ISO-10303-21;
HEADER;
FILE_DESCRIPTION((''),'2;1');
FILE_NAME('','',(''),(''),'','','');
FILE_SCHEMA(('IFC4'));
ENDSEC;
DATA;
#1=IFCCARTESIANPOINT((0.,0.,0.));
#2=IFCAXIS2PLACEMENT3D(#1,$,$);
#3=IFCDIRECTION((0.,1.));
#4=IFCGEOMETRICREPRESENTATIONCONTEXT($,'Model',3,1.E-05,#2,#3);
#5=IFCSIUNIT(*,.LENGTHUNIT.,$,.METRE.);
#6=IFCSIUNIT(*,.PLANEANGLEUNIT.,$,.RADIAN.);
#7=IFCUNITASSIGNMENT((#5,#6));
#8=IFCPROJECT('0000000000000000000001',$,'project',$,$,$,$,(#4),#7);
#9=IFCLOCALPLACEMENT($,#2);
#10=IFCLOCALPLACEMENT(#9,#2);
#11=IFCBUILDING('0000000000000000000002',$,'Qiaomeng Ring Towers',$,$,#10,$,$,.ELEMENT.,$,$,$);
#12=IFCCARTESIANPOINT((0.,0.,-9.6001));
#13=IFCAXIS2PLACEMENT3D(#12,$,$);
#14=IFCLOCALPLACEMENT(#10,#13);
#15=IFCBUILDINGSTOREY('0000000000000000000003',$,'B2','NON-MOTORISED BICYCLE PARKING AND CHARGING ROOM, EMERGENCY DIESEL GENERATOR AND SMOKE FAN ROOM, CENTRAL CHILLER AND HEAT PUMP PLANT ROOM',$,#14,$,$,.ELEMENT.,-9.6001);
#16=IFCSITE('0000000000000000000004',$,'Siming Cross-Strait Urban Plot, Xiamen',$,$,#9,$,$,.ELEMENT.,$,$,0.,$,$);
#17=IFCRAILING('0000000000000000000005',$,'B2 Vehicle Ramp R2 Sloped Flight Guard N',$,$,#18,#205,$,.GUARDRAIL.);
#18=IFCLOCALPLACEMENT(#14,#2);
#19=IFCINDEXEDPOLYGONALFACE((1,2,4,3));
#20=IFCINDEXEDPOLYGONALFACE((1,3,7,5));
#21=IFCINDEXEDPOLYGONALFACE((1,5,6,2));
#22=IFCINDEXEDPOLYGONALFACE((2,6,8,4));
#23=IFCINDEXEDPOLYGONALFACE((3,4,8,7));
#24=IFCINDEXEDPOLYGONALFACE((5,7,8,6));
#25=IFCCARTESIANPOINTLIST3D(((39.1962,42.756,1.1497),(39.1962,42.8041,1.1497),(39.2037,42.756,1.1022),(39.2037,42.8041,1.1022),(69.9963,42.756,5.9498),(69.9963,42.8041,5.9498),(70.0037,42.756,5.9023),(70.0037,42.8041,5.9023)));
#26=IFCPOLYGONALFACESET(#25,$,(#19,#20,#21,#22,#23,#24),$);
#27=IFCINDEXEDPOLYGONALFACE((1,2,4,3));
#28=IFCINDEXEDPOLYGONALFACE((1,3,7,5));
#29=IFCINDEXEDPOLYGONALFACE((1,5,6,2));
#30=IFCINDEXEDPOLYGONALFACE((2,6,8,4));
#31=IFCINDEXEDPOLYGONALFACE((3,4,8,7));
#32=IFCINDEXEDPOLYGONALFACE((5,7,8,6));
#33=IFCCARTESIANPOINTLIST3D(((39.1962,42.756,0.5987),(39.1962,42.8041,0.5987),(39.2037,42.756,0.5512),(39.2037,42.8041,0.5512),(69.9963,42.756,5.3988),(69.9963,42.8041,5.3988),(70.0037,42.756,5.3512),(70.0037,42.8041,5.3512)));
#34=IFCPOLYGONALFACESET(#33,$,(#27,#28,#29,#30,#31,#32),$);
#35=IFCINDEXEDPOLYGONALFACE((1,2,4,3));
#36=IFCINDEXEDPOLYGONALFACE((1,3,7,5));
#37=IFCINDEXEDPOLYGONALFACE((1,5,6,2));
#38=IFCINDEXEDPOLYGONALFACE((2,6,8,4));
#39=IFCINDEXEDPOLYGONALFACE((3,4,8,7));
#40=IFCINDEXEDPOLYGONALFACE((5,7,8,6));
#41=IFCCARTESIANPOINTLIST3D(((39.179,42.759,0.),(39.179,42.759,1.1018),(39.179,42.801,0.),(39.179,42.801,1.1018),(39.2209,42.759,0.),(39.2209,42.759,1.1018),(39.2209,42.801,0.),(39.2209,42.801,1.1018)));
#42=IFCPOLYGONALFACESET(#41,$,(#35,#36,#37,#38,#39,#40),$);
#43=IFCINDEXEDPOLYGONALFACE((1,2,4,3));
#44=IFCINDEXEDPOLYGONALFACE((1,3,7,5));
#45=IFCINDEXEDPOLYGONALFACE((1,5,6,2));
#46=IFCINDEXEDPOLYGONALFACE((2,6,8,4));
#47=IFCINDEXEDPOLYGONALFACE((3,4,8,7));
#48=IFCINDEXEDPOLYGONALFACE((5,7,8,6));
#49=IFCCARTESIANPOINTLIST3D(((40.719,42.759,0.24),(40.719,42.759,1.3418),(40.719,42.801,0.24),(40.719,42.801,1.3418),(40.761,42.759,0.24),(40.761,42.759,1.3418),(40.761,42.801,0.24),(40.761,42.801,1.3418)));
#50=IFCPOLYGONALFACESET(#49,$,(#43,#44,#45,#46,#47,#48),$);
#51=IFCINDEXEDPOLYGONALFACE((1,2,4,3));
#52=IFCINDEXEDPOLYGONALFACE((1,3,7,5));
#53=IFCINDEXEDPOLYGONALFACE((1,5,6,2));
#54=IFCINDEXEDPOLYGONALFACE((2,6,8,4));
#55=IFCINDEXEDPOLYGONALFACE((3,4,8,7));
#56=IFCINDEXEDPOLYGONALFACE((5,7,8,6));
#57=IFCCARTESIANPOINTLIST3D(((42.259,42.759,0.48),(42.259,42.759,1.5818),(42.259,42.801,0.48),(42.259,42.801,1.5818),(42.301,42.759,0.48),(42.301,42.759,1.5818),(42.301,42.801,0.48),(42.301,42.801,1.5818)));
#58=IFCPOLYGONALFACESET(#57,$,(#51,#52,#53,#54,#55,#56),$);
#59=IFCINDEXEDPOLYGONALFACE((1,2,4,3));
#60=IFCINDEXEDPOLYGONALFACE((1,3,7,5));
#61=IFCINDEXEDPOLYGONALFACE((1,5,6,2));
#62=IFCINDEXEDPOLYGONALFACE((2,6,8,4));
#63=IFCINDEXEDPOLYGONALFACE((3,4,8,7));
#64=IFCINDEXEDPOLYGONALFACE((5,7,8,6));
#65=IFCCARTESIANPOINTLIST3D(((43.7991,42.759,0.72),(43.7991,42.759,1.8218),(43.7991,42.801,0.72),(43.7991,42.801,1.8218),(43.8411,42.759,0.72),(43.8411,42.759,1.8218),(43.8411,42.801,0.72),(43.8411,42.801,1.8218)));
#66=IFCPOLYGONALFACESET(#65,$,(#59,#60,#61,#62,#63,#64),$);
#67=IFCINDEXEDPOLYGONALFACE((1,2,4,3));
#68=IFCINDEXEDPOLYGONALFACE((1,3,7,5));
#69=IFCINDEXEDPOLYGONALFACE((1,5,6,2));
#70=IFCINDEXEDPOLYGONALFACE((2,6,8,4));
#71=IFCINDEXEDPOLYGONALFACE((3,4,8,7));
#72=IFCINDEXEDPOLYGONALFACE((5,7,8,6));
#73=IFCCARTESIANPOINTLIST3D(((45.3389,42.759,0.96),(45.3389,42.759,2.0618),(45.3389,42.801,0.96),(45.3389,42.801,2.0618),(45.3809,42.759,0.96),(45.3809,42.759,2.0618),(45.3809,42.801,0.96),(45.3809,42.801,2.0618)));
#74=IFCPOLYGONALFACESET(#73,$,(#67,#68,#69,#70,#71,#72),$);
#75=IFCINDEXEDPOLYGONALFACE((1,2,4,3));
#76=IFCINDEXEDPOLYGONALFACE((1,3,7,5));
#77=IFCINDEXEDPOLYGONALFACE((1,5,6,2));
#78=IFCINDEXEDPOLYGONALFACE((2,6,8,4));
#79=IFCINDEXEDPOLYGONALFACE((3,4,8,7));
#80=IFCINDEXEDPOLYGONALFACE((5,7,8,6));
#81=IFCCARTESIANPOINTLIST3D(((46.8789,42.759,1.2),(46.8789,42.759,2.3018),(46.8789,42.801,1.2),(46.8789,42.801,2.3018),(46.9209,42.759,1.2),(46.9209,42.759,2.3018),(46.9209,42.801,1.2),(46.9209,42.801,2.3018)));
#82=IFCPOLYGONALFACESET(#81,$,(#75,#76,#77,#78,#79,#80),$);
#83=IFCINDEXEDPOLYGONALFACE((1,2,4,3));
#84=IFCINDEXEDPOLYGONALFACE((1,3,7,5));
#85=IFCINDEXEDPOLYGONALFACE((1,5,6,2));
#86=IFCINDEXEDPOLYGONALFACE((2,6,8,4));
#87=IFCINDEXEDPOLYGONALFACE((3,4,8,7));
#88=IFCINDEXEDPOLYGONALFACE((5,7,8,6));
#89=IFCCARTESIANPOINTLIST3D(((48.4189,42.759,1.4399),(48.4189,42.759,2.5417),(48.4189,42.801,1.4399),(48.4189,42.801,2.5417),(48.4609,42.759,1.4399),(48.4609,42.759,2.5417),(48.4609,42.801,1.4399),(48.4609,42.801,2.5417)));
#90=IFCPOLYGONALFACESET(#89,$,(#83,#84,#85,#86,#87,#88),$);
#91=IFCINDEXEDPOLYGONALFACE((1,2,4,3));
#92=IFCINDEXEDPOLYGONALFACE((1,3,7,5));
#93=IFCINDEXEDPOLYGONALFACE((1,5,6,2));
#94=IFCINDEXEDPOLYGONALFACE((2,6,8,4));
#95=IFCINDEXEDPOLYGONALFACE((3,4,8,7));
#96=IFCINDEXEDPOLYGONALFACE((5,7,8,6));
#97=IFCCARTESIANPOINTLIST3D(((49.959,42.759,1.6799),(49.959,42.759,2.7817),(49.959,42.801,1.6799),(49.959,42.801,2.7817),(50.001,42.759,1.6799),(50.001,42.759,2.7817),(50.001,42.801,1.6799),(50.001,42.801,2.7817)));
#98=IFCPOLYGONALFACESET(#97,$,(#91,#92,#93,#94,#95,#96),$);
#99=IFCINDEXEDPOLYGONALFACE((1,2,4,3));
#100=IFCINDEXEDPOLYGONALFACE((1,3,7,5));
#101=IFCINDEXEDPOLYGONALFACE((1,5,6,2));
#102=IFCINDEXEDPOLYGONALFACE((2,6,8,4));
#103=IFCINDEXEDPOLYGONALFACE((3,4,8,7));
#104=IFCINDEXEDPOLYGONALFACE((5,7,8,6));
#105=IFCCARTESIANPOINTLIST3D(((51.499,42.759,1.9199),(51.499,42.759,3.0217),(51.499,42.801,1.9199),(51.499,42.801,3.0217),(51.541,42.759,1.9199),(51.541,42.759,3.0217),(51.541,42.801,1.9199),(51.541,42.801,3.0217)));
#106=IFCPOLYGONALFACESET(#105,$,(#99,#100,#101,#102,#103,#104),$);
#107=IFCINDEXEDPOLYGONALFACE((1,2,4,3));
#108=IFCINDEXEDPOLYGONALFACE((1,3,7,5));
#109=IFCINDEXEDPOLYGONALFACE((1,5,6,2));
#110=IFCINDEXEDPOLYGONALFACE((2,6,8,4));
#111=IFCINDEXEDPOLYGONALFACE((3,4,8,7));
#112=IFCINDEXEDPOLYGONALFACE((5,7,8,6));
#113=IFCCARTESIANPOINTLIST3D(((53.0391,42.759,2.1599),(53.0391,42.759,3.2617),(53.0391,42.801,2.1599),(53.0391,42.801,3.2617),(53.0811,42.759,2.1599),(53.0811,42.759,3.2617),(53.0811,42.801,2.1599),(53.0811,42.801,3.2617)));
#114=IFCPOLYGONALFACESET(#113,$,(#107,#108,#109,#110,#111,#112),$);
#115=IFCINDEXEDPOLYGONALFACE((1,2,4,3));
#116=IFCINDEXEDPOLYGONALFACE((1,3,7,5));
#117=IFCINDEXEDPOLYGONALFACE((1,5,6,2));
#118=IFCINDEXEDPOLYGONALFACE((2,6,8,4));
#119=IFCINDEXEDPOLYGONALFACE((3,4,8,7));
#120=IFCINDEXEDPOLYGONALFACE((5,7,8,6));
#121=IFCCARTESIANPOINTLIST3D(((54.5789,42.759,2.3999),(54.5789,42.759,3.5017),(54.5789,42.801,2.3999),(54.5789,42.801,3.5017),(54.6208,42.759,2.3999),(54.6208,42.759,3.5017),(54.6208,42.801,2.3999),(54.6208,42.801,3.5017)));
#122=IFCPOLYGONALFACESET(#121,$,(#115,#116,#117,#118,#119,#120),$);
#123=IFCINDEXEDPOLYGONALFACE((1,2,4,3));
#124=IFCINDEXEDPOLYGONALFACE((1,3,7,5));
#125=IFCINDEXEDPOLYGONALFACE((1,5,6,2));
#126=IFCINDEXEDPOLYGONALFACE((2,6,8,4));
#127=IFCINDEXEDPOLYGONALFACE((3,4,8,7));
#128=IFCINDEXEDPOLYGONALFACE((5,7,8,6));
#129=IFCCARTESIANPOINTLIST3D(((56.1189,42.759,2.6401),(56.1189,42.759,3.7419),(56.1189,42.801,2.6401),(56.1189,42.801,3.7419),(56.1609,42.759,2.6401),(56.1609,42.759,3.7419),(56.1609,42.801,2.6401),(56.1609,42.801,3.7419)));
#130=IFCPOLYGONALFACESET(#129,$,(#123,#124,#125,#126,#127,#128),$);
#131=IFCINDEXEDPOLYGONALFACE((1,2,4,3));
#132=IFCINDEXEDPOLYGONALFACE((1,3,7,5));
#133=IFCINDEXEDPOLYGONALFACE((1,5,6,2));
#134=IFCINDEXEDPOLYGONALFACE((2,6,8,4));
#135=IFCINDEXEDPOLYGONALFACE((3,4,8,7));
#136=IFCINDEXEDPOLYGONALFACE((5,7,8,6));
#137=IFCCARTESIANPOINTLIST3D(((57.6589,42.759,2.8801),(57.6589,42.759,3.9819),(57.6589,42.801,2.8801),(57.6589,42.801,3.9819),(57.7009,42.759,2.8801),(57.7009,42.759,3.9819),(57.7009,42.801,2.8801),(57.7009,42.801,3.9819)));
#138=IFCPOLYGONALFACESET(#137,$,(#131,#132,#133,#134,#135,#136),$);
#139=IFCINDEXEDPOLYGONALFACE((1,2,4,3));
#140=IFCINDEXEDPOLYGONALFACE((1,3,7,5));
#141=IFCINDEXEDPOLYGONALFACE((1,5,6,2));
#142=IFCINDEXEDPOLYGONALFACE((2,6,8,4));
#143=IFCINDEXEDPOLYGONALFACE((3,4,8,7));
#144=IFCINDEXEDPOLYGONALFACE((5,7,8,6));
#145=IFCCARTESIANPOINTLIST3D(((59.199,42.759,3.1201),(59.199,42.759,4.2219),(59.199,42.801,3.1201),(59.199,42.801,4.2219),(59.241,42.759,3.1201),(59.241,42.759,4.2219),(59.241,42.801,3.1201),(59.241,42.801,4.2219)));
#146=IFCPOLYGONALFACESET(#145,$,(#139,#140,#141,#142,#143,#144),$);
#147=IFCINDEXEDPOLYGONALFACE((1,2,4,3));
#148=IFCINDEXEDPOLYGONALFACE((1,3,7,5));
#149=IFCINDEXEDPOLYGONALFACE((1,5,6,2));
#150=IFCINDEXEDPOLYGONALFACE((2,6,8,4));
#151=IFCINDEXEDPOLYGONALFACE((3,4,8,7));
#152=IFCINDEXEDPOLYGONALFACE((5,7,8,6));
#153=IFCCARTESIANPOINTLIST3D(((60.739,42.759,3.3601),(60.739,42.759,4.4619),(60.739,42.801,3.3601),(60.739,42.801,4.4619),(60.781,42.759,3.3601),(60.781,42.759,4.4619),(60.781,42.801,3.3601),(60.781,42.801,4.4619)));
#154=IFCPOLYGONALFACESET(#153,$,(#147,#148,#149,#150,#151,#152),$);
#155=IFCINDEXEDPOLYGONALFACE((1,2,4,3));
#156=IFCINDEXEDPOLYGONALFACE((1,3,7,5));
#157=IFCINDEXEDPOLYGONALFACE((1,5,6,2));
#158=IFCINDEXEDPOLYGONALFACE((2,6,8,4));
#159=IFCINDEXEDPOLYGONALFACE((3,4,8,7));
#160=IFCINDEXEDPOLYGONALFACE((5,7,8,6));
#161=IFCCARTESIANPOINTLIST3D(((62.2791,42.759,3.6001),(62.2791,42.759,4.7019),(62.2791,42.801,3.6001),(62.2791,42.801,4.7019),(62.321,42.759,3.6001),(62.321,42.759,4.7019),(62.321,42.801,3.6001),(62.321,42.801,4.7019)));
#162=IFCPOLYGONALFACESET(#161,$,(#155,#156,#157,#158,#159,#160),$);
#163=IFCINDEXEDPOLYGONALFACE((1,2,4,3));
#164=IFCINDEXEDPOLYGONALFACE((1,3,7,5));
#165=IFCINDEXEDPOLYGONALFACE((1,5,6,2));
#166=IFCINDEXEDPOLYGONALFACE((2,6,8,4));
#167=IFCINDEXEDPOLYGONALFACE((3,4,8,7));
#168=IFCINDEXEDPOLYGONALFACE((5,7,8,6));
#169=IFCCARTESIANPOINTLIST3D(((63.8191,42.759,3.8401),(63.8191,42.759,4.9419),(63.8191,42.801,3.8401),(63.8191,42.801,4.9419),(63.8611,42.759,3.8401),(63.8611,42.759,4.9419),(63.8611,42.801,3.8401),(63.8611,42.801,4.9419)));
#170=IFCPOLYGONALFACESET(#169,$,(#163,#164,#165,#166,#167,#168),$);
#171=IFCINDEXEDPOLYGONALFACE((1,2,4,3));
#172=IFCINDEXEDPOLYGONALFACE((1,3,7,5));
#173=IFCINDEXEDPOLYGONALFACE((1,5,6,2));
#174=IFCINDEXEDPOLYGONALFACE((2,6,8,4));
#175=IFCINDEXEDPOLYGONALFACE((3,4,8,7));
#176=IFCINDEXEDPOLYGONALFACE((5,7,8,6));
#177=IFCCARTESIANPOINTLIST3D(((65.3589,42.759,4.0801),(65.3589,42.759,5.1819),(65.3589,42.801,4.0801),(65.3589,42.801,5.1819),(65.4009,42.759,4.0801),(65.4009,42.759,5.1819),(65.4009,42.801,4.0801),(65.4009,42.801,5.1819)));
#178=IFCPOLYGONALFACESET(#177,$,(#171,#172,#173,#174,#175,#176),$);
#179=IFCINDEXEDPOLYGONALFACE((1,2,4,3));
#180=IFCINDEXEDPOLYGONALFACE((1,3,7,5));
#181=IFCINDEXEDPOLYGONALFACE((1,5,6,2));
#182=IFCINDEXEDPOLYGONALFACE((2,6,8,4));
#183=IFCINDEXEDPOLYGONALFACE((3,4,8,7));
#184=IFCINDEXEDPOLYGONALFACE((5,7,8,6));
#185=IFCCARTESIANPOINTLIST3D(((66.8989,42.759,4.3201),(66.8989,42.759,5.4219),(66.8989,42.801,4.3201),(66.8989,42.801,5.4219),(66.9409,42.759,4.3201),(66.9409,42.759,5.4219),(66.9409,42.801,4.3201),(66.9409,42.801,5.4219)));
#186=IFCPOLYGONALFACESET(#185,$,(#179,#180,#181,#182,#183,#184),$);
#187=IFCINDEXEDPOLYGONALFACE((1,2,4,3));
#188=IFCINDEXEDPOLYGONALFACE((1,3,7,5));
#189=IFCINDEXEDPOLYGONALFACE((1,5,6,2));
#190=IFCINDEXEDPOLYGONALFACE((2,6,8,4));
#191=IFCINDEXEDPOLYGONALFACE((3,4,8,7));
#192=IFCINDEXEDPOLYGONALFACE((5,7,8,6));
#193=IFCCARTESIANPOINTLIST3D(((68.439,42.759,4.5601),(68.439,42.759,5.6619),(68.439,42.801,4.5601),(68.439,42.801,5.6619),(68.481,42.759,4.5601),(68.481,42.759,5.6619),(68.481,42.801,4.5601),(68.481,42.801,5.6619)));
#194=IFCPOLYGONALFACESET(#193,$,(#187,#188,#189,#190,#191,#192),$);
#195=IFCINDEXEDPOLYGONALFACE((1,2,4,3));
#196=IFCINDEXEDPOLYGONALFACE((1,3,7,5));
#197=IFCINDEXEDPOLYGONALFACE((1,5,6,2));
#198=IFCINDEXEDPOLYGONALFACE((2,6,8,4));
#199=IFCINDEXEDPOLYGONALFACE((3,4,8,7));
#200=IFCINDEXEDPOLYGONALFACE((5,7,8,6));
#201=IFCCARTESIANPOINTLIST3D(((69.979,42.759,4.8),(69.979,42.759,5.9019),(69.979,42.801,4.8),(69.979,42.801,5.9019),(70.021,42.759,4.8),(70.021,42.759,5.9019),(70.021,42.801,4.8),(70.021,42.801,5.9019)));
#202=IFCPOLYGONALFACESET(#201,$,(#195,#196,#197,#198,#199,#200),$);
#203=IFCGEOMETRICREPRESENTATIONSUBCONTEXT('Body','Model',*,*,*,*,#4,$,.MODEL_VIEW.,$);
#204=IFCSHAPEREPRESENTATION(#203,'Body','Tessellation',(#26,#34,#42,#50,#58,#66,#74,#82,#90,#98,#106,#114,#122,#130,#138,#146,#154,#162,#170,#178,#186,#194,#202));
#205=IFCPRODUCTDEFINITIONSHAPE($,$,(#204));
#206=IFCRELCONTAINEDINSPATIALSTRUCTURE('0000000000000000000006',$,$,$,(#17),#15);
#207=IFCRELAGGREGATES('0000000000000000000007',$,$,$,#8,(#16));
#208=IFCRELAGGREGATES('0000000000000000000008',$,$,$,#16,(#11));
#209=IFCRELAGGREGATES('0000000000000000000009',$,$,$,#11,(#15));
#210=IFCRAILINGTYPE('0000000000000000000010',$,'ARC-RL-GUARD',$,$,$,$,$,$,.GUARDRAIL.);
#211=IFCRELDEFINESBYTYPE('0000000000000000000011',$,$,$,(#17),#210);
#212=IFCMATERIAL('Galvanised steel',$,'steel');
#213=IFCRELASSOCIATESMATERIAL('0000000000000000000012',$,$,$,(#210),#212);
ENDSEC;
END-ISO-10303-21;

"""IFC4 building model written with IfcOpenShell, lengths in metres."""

from ifc_helpers import new_model, si_unit, direction, frame, origin, origin_2d, place, context, subcontext, project, spatial, rectangle, extrude, material, type_object, element, save


model = new_model("IFC4")

# Units and contexts
model_context = context("Model", 3, precision=1e-05, world=origin(), true_north=direction((0.0, 1.0)))
body_context = subcontext(model_context, "Body", "Model", "MODEL_VIEW")
ifc_project = project(units=[si_unit("LENGTHUNIT", "METRE"), si_unit("PLANEANGLEUNIT", "RADIAN")], contexts=[model_context])

# Site, building, storey
site_placement = place(None, origin())
site = spatial("IfcSite", under=ifc_project, at=site_placement, Name="Siming Cross-Strait Urban Plot, Xiamen", CompositionType="ELEMENT", RefElevation=0.0)
building_placement = place(site_placement, origin())
building = spatial("IfcBuilding", under=site, at=building_placement, Name="Qiaomeng Ring Towers", CompositionType="ELEMENT")
storey_placement = place(building_placement, frame((0.0, 0.0, -9.6001)))
storey = spatial("IfcBuildingStorey", under=building, at=storey_placement, Name="B2", Description="NON-MOTORISED BICYCLE PARKING AND CHARGING ROOM, EMERGENCY DIESEL GENERATOR AND SMOKE FAN ROOM, CENTRAL CHILLER AND HEAT PUMP PLANT ROOM", CompositionType="ELEMENT", Elevation=-9.6001)

# Shared definitions
ifc_material_1 = material(Name="Galvanised steel", Category="steel")

# Railing
railing_type_1 = type_object("IfcRailingType", Name="ARC-RL-GUARD", PredefinedType="GUARDRAIL", material=ifc_material_1)
railing_1_placement = place(storey_placement, frame((39.2, 42.78, 0.0)))
element("IfcRailing", 1, at=railing_1_placement, inside=storey, type_object=railing_type_1, Name="B2 Vehicle Ramp R2 Sloped Flight Guard N", PredefinedType="GUARDRAIL", context=body_context, shape_type="SweptSolid", body=[
    extrude(rectangle(XDim=0.0481, YDim=0.0481, at=origin_2d()), frame((0.0, 0.0, 1.126), z_axis=(0.988073, 0.0, 0.153987), x_axis=(0.0, 1.0, 0.0)), (0.0, 0.0, 1.0), 31.1719),
    extrude(rectangle(XDim=0.0481, YDim=0.0481, at=origin_2d()), frame((0.0, 0.0, 0.575), z_axis=(0.988073, 0.0, 0.153987), x_axis=(0.0, 1.0, 0.0)), (0.0, 0.0, 1.0), 31.1719),
    extrude(rectangle(XDim=0.042, YDim=0.042, at=origin_2d()), origin(), (0.0, 0.0, 1.0), 1.1018),
    extrude(rectangle(XDim=0.042, YDim=0.042, at=origin_2d()), frame((1.54, 0.0, 0.24)), (0.0, 0.0, 1.0), 1.1018),
    extrude(rectangle(XDim=0.042, YDim=0.042, at=origin_2d()), frame((3.0801, 0.0, 0.48)), (0.0, 0.0, 1.0), 1.1018),
    extrude(rectangle(XDim=0.042, YDim=0.042, at=origin_2d()), frame((4.6201, 0.0, 0.72)), (0.0, 0.0, 1.0), 1.1018),
    extrude(rectangle(XDim=0.042, YDim=0.042, at=origin_2d()), frame((6.1599, 0.0, 0.96)), (0.0, 0.0, 1.0), 1.1018),
    extrude(rectangle(XDim=0.042, YDim=0.042, at=origin_2d()), frame((7.7, 0.0, 1.2)), (0.0, 0.0, 1.0), 1.1018),
    extrude(rectangle(XDim=0.042, YDim=0.042, at=origin_2d()), frame((9.24, 0.0, 1.4399)), (0.0, 0.0, 1.0), 1.1018),
    extrude(rectangle(XDim=0.042, YDim=0.042, at=origin_2d()), frame((10.78, 0.0, 1.6799)), (0.0, 0.0, 1.0), 1.1018),
    extrude(rectangle(XDim=0.042, YDim=0.042, at=origin_2d()), frame((12.3201, 0.0, 1.9199)), (0.0, 0.0, 1.0), 1.1018),
    extrude(rectangle(XDim=0.042, YDim=0.042, at=origin_2d()), frame((13.8601, 0.0, 2.1599)), (0.0, 0.0, 1.0), 1.1018),
    extrude(rectangle(XDim=0.042, YDim=0.042, at=origin_2d()), frame((15.3999, 0.0, 2.3999)), (0.0, 0.0, 1.0), 1.1018),
    extrude(rectangle(XDim=0.042, YDim=0.042, at=origin_2d()), frame((16.9399, 0.0, 2.6401)), (0.0, 0.0, 1.0), 1.1018),
    extrude(rectangle(XDim=0.042, YDim=0.042, at=origin_2d()), frame((18.48, 0.0, 2.8801)), (0.0, 0.0, 1.0), 1.1018),
    extrude(rectangle(XDim=0.042, YDim=0.042, at=origin_2d()), frame((20.02, 0.0, 3.1201)), (0.0, 0.0, 1.0), 1.1018),
    extrude(rectangle(XDim=0.042, YDim=0.042, at=origin_2d()), frame((21.5601, 0.0, 3.3601)), (0.0, 0.0, 1.0), 1.1018),
    extrude(rectangle(XDim=0.042, YDim=0.042, at=origin_2d()), frame((23.1001, 0.0, 3.6001)), (0.0, 0.0, 1.0), 1.1018),
    extrude(rectangle(XDim=0.042, YDim=0.042, at=origin_2d()), frame((24.6401, 0.0, 3.8401)), (0.0, 0.0, 1.0), 1.1018),
    extrude(rectangle(XDim=0.042, YDim=0.042, at=origin_2d()), frame((26.1799, 0.0, 4.0801)), (0.0, 0.0, 1.0), 1.1018),
    extrude(rectangle(XDim=0.042, YDim=0.042, at=origin_2d()), frame((27.72, 0.0, 4.3201)), (0.0, 0.0, 1.0), 1.1018),
    extrude(rectangle(XDim=0.042, YDim=0.042, at=origin_2d()), frame((29.26, 0.0, 4.5601)), (0.0, 0.0, 1.0), 1.1018),
    extrude(rectangle(XDim=0.042, YDim=0.042, at=origin_2d()), frame((30.8, 0.0, 4.8)), (0.0, 0.0, 1.0), 1.1018),
])

save(model, "model.ifc")
